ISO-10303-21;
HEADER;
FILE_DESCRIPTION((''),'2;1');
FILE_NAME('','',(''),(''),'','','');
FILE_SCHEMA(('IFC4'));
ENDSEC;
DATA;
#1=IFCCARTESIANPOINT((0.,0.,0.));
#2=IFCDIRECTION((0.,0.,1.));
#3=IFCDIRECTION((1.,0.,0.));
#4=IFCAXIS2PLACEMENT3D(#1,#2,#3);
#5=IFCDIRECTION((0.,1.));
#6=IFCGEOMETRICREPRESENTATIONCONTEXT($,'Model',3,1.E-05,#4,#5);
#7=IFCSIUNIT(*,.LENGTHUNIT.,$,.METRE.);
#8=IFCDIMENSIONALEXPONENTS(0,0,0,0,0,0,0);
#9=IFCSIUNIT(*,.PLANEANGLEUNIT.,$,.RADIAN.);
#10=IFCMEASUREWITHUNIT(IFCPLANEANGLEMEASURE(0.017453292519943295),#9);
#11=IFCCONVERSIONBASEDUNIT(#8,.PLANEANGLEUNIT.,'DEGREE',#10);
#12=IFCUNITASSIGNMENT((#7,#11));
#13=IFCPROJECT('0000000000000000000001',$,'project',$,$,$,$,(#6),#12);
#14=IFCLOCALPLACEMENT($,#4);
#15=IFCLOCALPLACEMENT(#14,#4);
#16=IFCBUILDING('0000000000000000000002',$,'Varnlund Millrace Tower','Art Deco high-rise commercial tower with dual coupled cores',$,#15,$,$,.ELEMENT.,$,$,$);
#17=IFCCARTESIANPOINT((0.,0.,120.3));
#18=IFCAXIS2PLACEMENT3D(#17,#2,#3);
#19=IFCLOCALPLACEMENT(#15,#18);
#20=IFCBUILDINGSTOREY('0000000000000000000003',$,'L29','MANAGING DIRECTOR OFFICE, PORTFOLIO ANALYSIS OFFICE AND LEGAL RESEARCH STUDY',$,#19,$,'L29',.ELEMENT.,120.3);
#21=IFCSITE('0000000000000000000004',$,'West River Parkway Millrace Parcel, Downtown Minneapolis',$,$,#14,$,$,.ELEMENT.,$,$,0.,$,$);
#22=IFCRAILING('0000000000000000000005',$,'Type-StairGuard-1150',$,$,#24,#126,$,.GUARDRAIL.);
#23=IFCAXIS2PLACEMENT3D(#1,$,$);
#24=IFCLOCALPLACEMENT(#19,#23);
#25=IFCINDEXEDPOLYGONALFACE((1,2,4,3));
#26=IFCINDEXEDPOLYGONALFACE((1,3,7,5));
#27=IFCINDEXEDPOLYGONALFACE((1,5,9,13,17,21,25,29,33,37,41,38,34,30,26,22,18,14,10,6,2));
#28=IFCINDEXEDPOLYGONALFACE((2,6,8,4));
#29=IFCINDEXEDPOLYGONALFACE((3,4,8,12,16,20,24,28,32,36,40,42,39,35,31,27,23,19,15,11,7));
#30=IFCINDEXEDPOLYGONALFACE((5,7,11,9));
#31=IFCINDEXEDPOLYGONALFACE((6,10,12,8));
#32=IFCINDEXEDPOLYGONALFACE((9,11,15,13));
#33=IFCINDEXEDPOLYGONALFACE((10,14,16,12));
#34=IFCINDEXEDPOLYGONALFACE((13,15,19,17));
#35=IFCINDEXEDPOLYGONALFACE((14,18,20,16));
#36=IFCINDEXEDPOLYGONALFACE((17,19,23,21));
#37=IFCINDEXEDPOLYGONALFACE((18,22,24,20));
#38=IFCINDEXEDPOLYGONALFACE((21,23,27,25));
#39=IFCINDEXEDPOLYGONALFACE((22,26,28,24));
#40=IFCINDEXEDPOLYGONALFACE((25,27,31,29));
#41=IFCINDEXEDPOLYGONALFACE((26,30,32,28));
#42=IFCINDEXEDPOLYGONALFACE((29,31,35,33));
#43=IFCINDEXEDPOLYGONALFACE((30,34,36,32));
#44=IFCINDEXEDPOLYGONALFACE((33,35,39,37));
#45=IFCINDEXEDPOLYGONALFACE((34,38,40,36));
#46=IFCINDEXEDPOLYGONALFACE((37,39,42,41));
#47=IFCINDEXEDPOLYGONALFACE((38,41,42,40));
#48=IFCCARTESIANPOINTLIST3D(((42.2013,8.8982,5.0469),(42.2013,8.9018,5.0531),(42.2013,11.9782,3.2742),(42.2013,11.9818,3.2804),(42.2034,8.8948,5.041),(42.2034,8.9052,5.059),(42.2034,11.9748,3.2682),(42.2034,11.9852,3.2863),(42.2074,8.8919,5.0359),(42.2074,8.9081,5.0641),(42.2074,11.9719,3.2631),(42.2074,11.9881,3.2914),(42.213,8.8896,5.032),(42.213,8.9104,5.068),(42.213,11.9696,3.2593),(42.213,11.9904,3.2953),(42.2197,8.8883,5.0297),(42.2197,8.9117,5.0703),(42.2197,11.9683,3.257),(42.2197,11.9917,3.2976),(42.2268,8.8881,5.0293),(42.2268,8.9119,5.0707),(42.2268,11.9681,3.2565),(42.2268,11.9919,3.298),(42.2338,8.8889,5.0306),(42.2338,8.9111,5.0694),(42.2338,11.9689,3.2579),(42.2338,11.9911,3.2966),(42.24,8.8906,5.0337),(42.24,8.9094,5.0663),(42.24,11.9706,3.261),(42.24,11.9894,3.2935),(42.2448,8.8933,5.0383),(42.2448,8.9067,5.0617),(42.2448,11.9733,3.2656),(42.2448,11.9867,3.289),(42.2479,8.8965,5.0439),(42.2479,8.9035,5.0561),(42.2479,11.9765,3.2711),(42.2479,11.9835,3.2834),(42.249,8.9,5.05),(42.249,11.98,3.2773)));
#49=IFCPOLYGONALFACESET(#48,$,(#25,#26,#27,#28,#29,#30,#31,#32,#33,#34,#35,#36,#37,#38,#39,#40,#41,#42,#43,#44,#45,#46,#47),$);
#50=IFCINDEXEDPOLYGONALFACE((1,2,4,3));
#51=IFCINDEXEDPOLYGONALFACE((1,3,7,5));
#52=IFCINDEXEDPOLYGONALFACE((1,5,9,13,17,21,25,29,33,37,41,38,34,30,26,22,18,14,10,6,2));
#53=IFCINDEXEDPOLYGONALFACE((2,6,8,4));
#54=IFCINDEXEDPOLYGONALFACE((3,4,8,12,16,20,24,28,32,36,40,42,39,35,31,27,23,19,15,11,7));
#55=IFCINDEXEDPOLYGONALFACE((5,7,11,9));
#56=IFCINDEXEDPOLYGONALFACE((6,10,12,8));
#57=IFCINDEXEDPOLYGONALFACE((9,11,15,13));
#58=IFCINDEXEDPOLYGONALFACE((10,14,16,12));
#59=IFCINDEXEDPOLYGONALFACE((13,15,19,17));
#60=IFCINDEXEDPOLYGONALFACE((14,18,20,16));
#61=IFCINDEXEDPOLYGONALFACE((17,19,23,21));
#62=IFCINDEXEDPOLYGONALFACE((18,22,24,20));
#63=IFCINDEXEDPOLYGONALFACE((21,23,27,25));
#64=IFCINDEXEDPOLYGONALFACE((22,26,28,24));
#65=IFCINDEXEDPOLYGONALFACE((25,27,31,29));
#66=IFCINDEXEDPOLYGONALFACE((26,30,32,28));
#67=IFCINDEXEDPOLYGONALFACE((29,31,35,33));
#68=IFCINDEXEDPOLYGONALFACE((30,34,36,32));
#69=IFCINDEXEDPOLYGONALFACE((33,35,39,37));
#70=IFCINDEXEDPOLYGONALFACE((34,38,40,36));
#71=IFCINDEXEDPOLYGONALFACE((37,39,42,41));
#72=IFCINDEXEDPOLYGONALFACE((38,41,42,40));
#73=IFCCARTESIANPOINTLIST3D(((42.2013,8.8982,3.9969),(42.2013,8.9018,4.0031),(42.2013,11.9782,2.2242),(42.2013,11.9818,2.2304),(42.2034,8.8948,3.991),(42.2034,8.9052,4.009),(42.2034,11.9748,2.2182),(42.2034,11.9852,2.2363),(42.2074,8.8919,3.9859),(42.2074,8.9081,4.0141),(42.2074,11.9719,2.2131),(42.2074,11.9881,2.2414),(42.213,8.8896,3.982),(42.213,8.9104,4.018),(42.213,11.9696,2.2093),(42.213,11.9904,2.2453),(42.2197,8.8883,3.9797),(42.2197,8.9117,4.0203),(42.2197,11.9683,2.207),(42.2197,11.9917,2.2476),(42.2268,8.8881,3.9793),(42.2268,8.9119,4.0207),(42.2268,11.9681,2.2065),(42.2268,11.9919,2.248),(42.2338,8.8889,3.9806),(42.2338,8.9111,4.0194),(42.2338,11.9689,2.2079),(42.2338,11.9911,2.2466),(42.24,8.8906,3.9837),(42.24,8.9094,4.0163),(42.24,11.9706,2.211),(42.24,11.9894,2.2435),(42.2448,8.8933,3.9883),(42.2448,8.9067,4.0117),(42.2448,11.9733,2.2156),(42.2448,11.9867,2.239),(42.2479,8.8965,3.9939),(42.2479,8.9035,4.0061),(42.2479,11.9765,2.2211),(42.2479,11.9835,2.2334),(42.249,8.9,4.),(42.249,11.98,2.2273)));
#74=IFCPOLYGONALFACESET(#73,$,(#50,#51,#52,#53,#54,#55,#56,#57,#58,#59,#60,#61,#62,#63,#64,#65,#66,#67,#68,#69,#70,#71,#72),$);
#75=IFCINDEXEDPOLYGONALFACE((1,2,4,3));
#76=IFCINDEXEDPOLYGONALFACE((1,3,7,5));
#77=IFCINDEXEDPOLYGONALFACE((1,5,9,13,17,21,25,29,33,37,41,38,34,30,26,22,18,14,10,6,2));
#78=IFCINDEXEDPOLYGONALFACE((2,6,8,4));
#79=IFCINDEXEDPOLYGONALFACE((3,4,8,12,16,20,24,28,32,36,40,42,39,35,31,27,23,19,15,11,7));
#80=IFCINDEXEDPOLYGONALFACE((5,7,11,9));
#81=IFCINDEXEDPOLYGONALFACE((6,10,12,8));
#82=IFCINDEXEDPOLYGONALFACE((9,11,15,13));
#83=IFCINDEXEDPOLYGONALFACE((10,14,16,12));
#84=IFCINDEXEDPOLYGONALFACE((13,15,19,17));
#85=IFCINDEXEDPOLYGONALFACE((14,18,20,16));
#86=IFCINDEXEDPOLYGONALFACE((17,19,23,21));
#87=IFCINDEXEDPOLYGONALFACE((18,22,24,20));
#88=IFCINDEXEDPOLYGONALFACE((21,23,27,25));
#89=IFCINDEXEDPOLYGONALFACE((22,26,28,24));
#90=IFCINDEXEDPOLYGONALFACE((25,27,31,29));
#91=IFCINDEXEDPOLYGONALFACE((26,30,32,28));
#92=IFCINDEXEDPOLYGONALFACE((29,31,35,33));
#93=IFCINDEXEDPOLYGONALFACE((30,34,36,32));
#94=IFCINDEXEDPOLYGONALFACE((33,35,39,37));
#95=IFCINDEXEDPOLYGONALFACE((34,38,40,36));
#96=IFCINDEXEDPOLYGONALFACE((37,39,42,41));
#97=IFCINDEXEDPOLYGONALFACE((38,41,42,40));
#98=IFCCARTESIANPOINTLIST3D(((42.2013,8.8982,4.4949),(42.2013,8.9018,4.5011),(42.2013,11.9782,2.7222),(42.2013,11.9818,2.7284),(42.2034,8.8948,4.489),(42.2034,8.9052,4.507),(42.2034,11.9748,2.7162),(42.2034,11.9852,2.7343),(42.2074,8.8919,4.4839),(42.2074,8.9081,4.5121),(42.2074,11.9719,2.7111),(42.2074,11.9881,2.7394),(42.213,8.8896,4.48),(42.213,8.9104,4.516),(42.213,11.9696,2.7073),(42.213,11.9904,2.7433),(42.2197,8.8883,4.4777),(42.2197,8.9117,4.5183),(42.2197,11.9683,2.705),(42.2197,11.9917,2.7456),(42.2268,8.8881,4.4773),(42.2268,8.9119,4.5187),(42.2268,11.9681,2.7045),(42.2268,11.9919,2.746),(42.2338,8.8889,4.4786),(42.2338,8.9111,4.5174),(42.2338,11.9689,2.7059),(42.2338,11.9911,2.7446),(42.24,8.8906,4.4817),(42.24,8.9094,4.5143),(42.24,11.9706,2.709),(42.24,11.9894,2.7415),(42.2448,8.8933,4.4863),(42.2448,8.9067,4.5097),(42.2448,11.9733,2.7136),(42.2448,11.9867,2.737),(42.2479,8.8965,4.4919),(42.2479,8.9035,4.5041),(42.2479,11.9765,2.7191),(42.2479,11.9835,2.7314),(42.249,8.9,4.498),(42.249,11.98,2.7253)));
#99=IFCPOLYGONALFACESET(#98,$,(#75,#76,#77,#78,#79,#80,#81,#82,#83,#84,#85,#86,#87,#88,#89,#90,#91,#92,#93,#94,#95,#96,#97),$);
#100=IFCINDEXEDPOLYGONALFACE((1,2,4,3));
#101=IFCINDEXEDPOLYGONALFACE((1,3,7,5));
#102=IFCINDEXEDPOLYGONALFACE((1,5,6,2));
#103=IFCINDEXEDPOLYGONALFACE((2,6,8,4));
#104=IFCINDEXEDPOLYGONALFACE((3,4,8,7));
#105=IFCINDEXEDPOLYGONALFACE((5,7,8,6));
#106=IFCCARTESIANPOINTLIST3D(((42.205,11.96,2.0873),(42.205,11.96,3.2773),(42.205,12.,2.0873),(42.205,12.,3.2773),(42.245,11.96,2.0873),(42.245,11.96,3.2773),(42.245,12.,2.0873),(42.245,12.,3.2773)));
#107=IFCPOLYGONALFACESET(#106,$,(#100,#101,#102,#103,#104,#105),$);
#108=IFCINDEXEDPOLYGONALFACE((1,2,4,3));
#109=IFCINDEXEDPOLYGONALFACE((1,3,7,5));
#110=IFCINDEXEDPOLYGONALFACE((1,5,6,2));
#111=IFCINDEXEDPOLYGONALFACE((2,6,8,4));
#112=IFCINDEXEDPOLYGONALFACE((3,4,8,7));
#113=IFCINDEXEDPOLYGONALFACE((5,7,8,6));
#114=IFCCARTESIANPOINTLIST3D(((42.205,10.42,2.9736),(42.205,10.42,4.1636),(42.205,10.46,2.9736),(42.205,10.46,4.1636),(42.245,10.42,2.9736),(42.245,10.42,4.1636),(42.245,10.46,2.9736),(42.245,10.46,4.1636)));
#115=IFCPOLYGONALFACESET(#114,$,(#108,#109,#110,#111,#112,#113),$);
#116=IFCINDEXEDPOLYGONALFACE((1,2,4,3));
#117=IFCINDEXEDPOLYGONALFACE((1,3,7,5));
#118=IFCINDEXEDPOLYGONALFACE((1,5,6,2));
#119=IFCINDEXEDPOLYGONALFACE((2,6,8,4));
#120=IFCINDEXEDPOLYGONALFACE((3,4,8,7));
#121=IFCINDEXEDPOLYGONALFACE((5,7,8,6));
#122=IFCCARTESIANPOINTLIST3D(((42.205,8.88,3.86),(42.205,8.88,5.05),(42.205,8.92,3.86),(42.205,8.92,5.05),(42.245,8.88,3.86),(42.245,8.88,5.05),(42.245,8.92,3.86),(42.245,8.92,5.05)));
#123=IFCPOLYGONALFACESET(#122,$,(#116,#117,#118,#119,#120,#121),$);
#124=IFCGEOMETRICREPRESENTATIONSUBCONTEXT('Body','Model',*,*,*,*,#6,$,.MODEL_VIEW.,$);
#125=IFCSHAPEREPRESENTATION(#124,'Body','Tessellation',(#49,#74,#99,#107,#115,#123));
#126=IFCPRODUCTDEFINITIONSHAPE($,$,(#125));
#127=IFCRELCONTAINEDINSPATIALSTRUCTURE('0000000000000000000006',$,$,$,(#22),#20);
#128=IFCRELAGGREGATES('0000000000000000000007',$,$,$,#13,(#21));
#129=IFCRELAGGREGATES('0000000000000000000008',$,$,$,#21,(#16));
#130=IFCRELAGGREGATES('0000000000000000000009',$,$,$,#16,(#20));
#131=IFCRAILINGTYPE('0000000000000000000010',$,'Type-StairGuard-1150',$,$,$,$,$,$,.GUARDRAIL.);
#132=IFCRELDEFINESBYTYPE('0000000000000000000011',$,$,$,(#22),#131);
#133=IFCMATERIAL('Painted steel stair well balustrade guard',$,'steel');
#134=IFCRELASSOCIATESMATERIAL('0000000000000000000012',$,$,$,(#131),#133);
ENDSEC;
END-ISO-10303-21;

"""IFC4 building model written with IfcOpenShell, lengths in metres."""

from ifc_helpers import new_model, entity, si_unit, converted_unit, direction, frame, origin_with_axes, origin_2d_with_axis, place, context, subcontext, project, spatial, rectangle, circle, extrude, material, type_object, element, save


model = new_model("IFC4")

# Units and contexts
model_context = context("Model", 3, precision=1e-05, world=origin_with_axes(), true_north=direction((0.0, 1.0)))
body_context = subcontext(model_context, "Body", "Model", "MODEL_VIEW")
ifc_project = project(units=[si_unit("LENGTHUNIT", "METRE"), converted_unit("PLANEANGLEUNIT", "DEGREE", entity("IfcPlaneAngleMeasure", 0.017453292519943295), si_unit("PLANEANGLEUNIT", "RADIAN"), dimensions=[0, 0, 0, 0, 0, 0, 0])], contexts=[model_context])

# Site, building, storey
site_placement = place(None, origin_with_axes())
site = spatial("IfcSite", under=ifc_project, at=site_placement, Name="West River Parkway Millrace Parcel, Downtown Minneapolis", CompositionType="ELEMENT", RefElevation=0.0)
building_placement = place(site_placement, origin_with_axes())
building = spatial("IfcBuilding", under=site, at=building_placement, Name="Varnlund Millrace Tower", Description="Art Deco high-rise commercial tower with dual coupled cores", CompositionType="ELEMENT")
storey_placement = place(building_placement, frame((0.0, 0.0, 120.3), z_axis=(0.0, 0.0, 1.0), x_axis=(1.0, 0.0, 0.0)))
storey = spatial("IfcBuildingStorey", under=building, at=storey_placement, Name="L29", Description="MANAGING DIRECTOR OFFICE, PORTFOLIO ANALYSIS OFFICE AND LEGAL RESEARCH STUDY", LongName="L29", CompositionType="ELEMENT", Elevation=120.3)

# Railing
ifc_material_1 = material(Name="Painted steel stair well balustrade guard", Category="steel")
railing_type_1 = type_object("IfcRailingType", Name="Type-StairGuard-1150", PredefinedType="GUARDRAIL", material=ifc_material_1)
railing_1_placement = place(storey_placement, frame((0.0, 0.0, -120.3), z_axis=(0.0, 0.0, 1.0), x_axis=(1.0, 0.0, 0.0)))
element("IfcRailing", 1, at=railing_1_placement, inside=storey, type_object=railing_type_1, Name="Type-StairGuard-1150", PredefinedType="GUARDRAIL", context=body_context, shape_type="SweptSolid", body=[
    extrude(circle(Radius=0.024, at=origin_2d_with_axis()), frame((42.225, 11.98, 123.5773), z_axis=(0.0, -0.866696, 0.498836), x_axis=(1.0, 0.0, 0.0)), (0.0, 0.0, 1.0), 3.5537),
    extrude(circle(Radius=0.024, at=origin_2d_with_axis()), frame((42.225, 11.98, 122.5273), z_axis=(0.0, -0.866696, 0.498836), x_axis=(1.0, 0.0, 0.0)), (0.0, 0.0, 1.0), 3.5537),
    extrude(circle(Radius=0.024, at=origin_2d_with_axis()), frame((42.225, 11.98, 123.0253), z_axis=(0.0, -0.866696, 0.498836), x_axis=(1.0, 0.0, 0.0)), (0.0, 0.0, 1.0), 3.5537),
    extrude(rectangle(XDim=0.04, YDim=0.04, at=origin_2d_with_axis()), frame((42.225, 11.98, 122.3873), z_axis=(0.0, 0.0, 1.0), x_axis=(1.0, 0.0, 0.0)), (0.0, 0.0, 1.0), 1.19),
    extrude(rectangle(XDim=0.04, YDim=0.04, at=origin_2d_with_axis()), frame((42.225, 10.44, 123.2736), z_axis=(0.0, 0.0, 1.0), x_axis=(1.0, 0.0, 0.0)), (0.0, 0.0, 1.0), 1.19),
    extrude(rectangle(XDim=0.04, YDim=0.04, at=origin_2d_with_axis()), frame((42.225, 8.9, 124.16), z_axis=(0.0, 0.0, 1.0), x_axis=(1.0, 0.0, 0.0)), (0.0, 0.0, 1.0), 1.19),
])

save(model, "model.ifc")
